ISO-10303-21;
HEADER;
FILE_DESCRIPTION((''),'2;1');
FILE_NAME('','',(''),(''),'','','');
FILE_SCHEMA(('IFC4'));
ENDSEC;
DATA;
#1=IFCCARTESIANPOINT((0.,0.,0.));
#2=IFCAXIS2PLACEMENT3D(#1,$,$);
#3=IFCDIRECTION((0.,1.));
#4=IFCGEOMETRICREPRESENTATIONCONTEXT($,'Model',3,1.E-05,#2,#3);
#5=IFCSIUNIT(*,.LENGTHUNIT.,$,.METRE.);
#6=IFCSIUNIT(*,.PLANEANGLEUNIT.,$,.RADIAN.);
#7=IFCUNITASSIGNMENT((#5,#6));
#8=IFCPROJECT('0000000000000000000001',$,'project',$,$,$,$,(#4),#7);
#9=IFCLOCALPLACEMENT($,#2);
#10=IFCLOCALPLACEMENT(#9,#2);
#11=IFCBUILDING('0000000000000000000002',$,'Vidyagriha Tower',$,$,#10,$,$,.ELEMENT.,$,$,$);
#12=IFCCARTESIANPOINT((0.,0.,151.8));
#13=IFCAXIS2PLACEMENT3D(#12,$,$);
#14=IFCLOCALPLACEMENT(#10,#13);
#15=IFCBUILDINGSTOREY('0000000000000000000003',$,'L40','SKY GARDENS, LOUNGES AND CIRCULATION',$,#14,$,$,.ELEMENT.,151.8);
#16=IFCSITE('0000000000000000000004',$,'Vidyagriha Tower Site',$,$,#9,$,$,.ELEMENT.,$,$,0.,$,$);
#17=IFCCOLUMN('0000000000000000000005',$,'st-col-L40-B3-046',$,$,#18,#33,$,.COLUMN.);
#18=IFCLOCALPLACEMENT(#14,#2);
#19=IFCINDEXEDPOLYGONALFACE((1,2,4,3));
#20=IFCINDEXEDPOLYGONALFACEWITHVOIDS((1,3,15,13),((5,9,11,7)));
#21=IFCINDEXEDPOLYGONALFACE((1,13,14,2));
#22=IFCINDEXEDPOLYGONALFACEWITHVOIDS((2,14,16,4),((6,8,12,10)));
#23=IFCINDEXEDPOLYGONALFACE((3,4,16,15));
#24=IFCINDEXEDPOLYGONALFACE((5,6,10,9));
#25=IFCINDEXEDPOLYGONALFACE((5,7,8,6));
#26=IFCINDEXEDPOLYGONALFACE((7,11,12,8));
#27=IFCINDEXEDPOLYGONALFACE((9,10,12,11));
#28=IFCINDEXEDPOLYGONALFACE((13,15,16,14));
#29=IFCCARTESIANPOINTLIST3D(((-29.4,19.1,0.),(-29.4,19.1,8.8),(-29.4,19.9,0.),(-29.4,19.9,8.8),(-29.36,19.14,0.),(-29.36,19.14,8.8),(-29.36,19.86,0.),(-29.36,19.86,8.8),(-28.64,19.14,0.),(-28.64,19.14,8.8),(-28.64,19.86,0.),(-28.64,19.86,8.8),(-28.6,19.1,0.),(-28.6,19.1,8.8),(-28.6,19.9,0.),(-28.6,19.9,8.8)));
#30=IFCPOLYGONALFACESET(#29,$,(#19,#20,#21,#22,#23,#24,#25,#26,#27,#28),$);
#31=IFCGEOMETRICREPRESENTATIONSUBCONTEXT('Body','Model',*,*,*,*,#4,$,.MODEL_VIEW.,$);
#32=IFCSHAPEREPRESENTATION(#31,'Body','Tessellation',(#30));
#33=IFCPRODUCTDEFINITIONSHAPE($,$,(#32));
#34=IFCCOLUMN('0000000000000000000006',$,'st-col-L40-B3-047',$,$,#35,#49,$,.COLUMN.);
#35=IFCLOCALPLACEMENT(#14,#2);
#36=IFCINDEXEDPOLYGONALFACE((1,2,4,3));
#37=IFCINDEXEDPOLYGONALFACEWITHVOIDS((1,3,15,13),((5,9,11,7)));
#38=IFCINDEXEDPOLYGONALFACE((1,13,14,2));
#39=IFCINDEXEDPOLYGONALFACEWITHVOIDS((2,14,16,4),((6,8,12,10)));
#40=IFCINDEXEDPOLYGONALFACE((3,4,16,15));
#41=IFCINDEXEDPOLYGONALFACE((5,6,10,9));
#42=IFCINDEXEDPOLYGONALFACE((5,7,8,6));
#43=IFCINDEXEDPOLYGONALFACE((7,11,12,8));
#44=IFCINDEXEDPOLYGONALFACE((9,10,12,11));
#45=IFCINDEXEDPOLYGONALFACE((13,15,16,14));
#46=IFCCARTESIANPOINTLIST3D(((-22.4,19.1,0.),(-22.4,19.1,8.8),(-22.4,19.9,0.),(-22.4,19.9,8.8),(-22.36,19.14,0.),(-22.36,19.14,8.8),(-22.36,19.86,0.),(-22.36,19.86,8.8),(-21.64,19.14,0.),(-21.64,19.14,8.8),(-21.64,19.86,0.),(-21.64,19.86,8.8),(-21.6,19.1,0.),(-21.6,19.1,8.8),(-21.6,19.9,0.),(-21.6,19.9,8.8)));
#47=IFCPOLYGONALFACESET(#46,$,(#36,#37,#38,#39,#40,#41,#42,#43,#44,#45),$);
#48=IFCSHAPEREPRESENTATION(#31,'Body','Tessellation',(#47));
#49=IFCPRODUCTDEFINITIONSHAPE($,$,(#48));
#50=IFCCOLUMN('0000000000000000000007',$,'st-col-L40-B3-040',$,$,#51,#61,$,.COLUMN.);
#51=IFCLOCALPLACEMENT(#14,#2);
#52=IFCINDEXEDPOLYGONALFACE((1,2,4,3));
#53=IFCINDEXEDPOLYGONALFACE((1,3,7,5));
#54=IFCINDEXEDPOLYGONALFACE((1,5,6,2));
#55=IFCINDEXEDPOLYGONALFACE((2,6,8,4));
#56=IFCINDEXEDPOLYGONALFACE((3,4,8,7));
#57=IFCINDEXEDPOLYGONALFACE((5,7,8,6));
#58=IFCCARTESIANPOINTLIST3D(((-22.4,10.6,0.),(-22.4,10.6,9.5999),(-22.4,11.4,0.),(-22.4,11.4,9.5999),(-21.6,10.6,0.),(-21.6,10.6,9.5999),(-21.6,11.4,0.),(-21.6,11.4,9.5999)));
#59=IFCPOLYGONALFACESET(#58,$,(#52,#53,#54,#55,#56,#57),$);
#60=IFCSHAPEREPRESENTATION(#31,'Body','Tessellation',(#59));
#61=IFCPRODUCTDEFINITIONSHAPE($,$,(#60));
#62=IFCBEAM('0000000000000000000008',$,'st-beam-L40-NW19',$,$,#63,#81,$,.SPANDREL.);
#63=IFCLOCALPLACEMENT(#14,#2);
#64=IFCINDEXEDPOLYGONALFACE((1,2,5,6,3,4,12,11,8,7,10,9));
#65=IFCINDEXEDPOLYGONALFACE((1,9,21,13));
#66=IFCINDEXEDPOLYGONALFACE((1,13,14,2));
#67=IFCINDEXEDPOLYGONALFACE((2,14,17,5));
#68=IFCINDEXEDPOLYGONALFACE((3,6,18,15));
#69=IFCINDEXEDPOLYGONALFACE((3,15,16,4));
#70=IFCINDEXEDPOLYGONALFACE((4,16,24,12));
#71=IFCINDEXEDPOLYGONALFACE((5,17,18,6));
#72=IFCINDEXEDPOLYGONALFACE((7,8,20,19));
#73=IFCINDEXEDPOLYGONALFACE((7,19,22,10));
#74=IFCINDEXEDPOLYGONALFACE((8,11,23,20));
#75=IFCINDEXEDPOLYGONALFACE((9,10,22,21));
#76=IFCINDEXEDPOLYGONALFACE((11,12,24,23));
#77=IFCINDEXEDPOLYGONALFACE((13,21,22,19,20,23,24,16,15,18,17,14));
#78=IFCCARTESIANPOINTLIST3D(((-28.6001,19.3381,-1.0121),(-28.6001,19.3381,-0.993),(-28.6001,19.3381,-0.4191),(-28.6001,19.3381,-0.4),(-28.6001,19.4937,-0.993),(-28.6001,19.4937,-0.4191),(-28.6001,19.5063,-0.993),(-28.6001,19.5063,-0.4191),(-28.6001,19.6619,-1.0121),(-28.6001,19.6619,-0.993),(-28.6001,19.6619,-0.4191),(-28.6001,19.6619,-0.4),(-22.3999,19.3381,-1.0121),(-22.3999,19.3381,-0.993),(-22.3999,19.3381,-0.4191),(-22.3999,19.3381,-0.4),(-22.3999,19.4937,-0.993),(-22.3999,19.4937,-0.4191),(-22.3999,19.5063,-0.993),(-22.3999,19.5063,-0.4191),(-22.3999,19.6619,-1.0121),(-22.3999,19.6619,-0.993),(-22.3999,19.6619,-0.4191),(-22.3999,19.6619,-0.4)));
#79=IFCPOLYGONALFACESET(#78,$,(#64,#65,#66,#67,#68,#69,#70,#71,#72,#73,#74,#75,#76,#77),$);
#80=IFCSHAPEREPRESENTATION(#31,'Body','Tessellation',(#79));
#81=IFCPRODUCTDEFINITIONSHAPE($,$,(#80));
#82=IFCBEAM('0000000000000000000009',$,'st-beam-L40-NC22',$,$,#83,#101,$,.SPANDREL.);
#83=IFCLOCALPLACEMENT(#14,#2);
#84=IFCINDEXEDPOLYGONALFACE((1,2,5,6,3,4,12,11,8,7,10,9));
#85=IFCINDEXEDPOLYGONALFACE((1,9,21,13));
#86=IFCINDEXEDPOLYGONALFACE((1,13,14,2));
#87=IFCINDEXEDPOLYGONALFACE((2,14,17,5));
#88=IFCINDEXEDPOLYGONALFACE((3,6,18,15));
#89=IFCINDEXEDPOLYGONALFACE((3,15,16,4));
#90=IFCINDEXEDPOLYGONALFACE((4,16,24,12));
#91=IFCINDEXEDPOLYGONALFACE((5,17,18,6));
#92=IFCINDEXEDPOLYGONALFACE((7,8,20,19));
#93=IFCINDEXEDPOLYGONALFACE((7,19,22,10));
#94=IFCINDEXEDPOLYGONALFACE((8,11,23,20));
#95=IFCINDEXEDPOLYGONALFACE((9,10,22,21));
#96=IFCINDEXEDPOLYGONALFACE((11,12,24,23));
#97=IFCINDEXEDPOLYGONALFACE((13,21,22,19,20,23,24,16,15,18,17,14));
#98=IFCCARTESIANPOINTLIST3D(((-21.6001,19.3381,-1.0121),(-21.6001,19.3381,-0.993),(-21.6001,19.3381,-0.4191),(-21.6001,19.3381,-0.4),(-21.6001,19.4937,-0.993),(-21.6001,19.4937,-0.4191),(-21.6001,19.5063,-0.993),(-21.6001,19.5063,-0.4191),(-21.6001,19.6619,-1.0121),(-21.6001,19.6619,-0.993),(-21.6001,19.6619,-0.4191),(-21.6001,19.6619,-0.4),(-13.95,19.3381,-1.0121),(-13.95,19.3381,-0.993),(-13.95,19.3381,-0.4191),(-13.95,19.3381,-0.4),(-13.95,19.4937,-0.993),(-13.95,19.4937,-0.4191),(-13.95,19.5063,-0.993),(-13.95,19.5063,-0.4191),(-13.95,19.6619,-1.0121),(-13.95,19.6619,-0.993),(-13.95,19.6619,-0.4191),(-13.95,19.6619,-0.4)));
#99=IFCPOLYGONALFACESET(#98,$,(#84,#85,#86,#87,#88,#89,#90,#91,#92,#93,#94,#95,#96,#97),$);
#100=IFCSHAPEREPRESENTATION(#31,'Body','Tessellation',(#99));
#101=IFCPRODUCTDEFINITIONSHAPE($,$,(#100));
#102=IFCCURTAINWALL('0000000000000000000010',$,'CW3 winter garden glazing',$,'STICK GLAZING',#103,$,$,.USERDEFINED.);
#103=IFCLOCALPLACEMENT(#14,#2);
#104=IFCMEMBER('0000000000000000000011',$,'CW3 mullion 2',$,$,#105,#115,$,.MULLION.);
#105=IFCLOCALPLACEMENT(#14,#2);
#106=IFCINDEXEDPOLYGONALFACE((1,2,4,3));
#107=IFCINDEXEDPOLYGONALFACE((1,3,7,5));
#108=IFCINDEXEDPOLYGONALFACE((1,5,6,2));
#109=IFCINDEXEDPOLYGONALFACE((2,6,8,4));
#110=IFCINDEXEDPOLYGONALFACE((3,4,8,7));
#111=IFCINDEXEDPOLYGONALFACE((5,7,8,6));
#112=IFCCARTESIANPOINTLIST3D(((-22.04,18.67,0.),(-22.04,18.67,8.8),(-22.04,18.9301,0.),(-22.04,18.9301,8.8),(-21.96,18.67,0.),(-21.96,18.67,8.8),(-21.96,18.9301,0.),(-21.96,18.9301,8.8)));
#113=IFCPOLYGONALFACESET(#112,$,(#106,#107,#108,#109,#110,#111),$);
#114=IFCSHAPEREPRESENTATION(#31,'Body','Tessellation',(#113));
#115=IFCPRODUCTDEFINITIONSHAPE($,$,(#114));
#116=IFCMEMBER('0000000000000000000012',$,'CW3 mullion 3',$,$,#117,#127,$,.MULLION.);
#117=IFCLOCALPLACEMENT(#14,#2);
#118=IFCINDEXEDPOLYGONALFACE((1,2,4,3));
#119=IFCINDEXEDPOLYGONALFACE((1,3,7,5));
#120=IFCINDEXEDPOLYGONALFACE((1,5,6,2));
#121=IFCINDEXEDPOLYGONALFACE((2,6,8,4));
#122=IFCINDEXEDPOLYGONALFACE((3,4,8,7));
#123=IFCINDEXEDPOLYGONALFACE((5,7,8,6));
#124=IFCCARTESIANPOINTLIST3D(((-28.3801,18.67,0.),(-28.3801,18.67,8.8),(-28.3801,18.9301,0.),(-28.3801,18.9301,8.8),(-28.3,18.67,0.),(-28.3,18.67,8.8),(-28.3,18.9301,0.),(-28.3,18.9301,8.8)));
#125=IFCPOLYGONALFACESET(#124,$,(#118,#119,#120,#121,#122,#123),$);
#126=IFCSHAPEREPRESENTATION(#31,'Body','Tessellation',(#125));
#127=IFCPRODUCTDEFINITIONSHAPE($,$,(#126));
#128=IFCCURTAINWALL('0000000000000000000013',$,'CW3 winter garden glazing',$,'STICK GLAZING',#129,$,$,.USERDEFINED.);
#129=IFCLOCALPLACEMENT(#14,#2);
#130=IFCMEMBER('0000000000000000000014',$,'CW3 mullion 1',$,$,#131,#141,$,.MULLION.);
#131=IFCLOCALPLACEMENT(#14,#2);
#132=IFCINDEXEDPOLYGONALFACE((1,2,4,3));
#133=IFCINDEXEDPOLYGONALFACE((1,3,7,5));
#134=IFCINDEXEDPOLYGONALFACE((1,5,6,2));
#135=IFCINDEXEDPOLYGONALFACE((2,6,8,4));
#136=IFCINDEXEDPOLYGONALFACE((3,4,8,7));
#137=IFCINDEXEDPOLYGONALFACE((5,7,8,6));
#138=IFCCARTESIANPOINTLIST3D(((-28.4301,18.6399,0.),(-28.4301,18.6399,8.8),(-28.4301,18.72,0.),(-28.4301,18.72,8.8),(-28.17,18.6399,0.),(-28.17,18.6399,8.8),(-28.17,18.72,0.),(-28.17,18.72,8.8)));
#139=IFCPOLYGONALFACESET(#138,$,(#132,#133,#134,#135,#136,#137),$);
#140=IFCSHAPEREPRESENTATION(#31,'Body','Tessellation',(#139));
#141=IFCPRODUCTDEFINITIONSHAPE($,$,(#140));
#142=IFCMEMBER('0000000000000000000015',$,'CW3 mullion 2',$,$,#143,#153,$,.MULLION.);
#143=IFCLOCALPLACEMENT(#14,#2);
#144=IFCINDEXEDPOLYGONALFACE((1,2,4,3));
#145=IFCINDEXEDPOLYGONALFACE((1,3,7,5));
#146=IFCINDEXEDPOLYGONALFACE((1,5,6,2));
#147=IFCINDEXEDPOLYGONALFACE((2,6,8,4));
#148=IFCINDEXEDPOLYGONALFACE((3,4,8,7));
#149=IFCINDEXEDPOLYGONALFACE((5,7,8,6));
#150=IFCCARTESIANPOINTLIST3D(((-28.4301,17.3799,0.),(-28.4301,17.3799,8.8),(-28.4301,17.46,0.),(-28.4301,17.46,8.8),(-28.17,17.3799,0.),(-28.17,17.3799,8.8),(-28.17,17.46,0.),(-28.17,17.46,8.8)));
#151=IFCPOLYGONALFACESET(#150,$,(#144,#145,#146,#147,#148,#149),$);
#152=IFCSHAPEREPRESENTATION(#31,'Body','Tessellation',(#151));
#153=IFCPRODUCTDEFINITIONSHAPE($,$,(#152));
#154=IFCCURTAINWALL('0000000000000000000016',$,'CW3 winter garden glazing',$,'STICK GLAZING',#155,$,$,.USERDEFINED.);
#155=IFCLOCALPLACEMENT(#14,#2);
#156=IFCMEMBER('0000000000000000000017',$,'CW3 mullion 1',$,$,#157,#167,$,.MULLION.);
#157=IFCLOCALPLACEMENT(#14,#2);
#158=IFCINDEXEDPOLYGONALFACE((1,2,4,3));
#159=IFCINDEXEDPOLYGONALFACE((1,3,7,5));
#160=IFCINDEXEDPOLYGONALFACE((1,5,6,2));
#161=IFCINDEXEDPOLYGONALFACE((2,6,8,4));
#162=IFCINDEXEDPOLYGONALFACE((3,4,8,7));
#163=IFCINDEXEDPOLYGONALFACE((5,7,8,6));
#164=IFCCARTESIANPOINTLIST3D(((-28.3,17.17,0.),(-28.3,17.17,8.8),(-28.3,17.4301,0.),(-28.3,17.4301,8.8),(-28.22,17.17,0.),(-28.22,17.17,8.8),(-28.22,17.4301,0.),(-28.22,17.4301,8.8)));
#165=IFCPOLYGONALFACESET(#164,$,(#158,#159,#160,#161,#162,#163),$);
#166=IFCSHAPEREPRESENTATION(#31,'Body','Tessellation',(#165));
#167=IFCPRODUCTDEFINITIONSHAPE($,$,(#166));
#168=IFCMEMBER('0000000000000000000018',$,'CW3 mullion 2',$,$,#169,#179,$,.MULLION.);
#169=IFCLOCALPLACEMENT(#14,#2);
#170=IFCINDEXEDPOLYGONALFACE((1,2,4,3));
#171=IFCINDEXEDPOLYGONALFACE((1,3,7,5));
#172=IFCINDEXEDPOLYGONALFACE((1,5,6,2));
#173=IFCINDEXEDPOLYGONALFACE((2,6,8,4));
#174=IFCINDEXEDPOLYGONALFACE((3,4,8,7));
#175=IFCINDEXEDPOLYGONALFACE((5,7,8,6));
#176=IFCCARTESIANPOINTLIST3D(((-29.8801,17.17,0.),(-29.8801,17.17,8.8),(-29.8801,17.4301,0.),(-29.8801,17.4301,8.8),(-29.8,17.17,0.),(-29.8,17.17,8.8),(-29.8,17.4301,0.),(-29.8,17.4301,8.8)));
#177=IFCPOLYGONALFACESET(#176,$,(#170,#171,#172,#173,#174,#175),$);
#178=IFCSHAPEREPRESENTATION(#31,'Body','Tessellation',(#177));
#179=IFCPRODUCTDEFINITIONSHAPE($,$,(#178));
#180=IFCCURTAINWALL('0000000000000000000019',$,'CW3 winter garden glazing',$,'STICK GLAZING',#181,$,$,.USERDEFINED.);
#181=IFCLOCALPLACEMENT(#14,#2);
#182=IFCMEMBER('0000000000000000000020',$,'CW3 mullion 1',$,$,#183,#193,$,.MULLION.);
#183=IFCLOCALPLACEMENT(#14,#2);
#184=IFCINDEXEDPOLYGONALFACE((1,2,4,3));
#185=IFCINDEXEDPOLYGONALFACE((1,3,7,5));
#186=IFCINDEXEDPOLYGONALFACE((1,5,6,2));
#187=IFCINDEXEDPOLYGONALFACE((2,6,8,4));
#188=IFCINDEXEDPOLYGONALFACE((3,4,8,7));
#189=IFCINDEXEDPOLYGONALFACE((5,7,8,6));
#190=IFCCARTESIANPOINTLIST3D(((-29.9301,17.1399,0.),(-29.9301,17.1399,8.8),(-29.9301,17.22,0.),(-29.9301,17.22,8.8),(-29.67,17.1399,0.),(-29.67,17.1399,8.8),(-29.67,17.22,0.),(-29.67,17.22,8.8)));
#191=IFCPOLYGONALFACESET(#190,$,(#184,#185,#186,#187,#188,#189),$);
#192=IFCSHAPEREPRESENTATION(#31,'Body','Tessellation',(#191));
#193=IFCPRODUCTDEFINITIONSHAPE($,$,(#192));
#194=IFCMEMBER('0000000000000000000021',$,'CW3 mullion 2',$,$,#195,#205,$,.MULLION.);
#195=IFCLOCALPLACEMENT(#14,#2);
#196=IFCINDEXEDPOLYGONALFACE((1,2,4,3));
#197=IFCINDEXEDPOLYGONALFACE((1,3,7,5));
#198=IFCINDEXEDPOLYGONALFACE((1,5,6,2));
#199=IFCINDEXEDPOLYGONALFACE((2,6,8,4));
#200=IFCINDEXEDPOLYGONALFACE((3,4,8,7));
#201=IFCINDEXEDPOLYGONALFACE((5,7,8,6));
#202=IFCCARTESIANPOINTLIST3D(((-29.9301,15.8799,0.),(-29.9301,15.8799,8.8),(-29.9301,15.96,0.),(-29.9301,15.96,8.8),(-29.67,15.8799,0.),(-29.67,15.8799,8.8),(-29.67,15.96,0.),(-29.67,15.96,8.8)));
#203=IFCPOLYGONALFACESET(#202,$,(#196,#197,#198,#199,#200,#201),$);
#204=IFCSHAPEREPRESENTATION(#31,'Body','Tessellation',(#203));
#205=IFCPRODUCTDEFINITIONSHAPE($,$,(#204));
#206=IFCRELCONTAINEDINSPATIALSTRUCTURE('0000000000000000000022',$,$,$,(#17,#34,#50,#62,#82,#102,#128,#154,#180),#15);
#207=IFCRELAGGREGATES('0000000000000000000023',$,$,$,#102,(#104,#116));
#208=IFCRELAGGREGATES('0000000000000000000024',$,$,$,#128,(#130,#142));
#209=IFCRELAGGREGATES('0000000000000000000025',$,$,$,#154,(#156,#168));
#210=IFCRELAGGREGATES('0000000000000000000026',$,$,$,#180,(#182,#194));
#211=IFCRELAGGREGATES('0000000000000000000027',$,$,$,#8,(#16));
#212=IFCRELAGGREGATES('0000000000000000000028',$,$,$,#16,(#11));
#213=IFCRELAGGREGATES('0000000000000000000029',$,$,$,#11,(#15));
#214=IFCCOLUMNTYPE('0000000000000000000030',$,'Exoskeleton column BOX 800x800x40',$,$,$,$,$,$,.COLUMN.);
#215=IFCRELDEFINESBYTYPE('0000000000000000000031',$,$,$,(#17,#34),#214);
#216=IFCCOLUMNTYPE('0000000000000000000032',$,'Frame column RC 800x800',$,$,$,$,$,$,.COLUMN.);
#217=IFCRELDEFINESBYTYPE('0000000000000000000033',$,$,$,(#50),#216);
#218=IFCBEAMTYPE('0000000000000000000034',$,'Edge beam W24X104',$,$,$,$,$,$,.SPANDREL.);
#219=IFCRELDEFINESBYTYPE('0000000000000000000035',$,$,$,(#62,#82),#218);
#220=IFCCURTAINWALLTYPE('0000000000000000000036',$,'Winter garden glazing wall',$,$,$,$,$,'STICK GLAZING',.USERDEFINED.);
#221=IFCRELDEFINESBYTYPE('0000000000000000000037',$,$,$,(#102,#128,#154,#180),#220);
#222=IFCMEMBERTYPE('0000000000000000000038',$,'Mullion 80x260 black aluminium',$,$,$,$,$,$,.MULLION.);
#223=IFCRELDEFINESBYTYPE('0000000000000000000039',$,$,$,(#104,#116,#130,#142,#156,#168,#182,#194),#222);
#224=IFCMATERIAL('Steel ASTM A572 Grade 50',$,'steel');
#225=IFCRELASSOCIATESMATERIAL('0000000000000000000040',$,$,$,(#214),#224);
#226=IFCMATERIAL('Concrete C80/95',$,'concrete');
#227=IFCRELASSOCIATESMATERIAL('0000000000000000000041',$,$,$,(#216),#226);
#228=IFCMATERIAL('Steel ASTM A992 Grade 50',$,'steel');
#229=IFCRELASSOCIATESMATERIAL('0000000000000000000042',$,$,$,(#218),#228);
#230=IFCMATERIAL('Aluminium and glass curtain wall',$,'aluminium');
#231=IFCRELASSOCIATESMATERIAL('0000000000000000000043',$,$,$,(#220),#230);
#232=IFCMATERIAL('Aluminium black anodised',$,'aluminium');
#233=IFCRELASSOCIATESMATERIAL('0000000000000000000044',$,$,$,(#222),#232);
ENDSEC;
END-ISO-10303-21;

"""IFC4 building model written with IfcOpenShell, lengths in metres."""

from ifc_helpers import new_model, si_unit, direction, frame, origin, origin_2d, place, context, subcontext, project, spatial, rectangle, hollow_rectangle, i_section, extrude, material, material_profile, profile_set, type_object, element, aggregate, save


model = new_model("IFC4")

# Units and contexts
model_context = context("Model", 3, precision=1e-05, world=origin(), true_north=direction((0.0, 1.0)))
body_context = subcontext(model_context, "Body", "Model", "MODEL_VIEW")
ifc_project = project(units=[si_unit("LENGTHUNIT", "METRE"), si_unit("PLANEANGLEUNIT", "RADIAN")], contexts=[model_context])

# Site, building, storey
site_placement = place(None, origin())
site = spatial("IfcSite", under=ifc_project, at=site_placement, Name="Vidyagriha Tower Site", CompositionType="ELEMENT", RefElevation=0.0)
building_placement = place(site_placement, origin())
building = spatial("IfcBuilding", under=site, at=building_placement, Name="Vidyagriha Tower", CompositionType="ELEMENT")
storey_placement = place(building_placement, frame((0.0, 0.0, 151.8)))
storey = spatial("IfcBuildingStorey", under=building, at=storey_placement, Name="L40", Description="SKY GARDENS, LOUNGES AND CIRCULATION", CompositionType="ELEMENT", Elevation=151.8)

# Columns
ifc_material_1 = material(Name="Steel ASTM A572 Grade 50", Category="steel")
ifc_material_profile_1 = material_profile(ifc_material_1, hollow_rectangle(XDim=0.8, YDim=0.8, WallThickness=0.04, at=origin_2d()), Name="BOX 800x800x40")
ifc_profile_set_1 = profile_set([ifc_material_profile_1], Name="Steel ASTM A572 Grade 50")
column_type_1 = type_object("IfcColumnType", Name="Exoskeleton column BOX 800x800x40", PredefinedType="COLUMN", material=ifc_profile_set_1)
for number, where, name in (
    (1, (-29.0, 19.5, 0.0), "st-col-L40-B3-046"),
    (2, (-22.0, 19.5, 0.0), "st-col-L40-B3-047"),
):
    element("IfcColumn", number, at=place(storey_placement, frame(where)), inside=storey, type_object=column_type_1, Name=name, PredefinedType="COLUMN", context=body_context, shape_type="SweptSolid", body=[
        extrude(hollow_rectangle(XDim=0.8, YDim=0.8, WallThickness=0.04, at=origin_2d()), origin(), (0.0, 0.0, 1.0), 8.8),
    ])
ifc_material_2 = material(Name="Concrete C80/95", Category="concrete")
ifc_material_profile_2 = material_profile(ifc_material_2, rectangle(XDim=0.8, YDim=0.8, at=origin_2d()), Name="RC 800x800")
ifc_profile_set_2 = profile_set([ifc_material_profile_2], Name="Concrete C80/95")
column_type_2 = type_object("IfcColumnType", Name="Frame column RC 800x800", PredefinedType="COLUMN", material=ifc_profile_set_2)
column_placement = place(storey_placement, frame((-22.0, 11.0, 0.0)))
element("IfcColumn", 3, at=column_placement, inside=storey, type_object=column_type_2, Name="st-col-L40-B3-040", PredefinedType="COLUMN", context=body_context, shape_type="SweptSolid", body=[
    extrude(rectangle(XDim=0.8, YDim=0.8, at=origin_2d()), origin(), (0.0, 0.0, 1.0), 9.5999),
])

# Beams
ifc_material_3 = material(Name="Steel ASTM A992 Grade 50", Category="steel")
ifc_material_profile_3 = material_profile(ifc_material_3, i_section(OverallWidth=0.3237, OverallDepth=0.6121, WebThickness=0.0127, FlangeThickness=0.019, at=origin_2d()), Name="W24X104")
ifc_profile_set_3 = profile_set([ifc_material_profile_3], Name="Steel ASTM A992 Grade 50")
beam_type = type_object("IfcBeamType", Name="Edge beam W24X104", PredefinedType="SPANDREL", material=ifc_profile_set_3)
beam_1_placement = place(storey_placement, frame((-28.6001, 19.5, -0.7061), z_axis=(1.0, 0.0, 0.0), x_axis=(0.0, 1.0, 0.0)))
element("IfcBeam", 4, at=beam_1_placement, inside=storey, type_object=beam_type, Name="st-beam-L40-NW19", PredefinedType="SPANDREL", context=body_context, shape_type="SweptSolid", body=[
    extrude(i_section(OverallWidth=0.3237, OverallDepth=0.6121, WebThickness=0.0127, FlangeThickness=0.019, at=origin_2d()), origin(), (0.0, 0.0, 1.0), 6.2002),
])
beam_2_placement = place(storey_placement, frame((-21.6001, 19.5, -0.7061), z_axis=(1.0, 0.0, 0.0), x_axis=(0.0, 1.0, 0.0)))
element("IfcBeam", 5, at=beam_2_placement, inside=storey, type_object=beam_type, Name="st-beam-L40-NC22", PredefinedType="SPANDREL", context=body_context, shape_type="SweptSolid", body=[
    extrude(i_section(OverallWidth=0.3237, OverallDepth=0.6121, WebThickness=0.0127, FlangeThickness=0.019, at=origin_2d()), origin(), (0.0, 0.0, 1.0), 7.6501),
])

# Curtain walls, members
ifc_material_4 = material(Name="Aluminium and glass curtain wall", Category="aluminium")
curtain_wall_type = type_object("IfcCurtainWallType", Name="Winter garden glazing wall", ElementType="STICK GLAZING", PredefinedType="USERDEFINED", material=ifc_material_4)
curtain_wall_1_placement = place(storey_placement, origin())
curtain_wall_1 = element("IfcCurtainWall", 6, at=curtain_wall_1_placement, inside=storey, type_object=curtain_wall_type, Name="CW3 winter garden glazing", ObjectType="STICK GLAZING", PredefinedType="USERDEFINED")
ifc_material_5 = material(Name="Aluminium black anodised", Category="aluminium")
ifc_material_profile_4 = material_profile(ifc_material_5, rectangle(XDim=0.26, YDim=0.0801, at=origin_2d()), Name="Mullion 80x260 black aluminium")
ifc_profile_set_4 = profile_set([ifc_material_profile_4], Name="Aluminium black anodised")
member_type_1 = type_object("IfcMemberType", Name="Mullion 80x260 black aluminium", PredefinedType="MULLION", material=ifc_profile_set_4)
member_1_placement = place(storey_placement, frame((-22.0, 18.8, 0.0), z_axis=(0.0, 0.0, 1.0), x_axis=(0.0, -1.0, 0.0)))
member_1 = element("IfcMember", 7, at=member_1_placement, type_object=member_type_1, Name="CW3 mullion 2", PredefinedType="MULLION", context=body_context, shape_type="SweptSolid", body=[
    extrude(rectangle(XDim=0.26, YDim=0.0801, at=origin_2d()), origin(), (0.0, 0.0, 1.0), 8.8),
])
member_2_placement = place(storey_placement, frame((-28.3401, 18.8, 0.0), z_axis=(0.0, 0.0, 1.0), x_axis=(0.0, -1.0, 0.0)))
member_2 = element("IfcMember", 8, at=member_2_placement, type_object=member_type_1, Name="CW3 mullion 3", PredefinedType="MULLION", context=body_context, shape_type="SweptSolid", body=[
    extrude(rectangle(XDim=0.26, YDim=0.0801, at=origin_2d()), origin(), (0.0, 0.0, 1.0), 8.8),
])
curtain_wall_2_placement = place(storey_placement, origin())
curtain_wall_2 = element("IfcCurtainWall", 9, at=curtain_wall_2_placement, inside=storey, type_object=curtain_wall_type, Name="CW3 winter garden glazing", ObjectType="STICK GLAZING", PredefinedType="USERDEFINED")
member_3_placement = place(storey_placement, frame((-28.3, 18.6799, 0.0)))
member_3 = element("IfcMember", 10, at=member_3_placement, type_object=member_type_1, Name="CW3 mullion 1", PredefinedType="MULLION", context=body_context, shape_type="SweptSolid", body=[
    extrude(rectangle(XDim=0.26, YDim=0.0801, at=origin_2d()), origin(), (0.0, 0.0, 1.0), 8.8),
])
member_4_placement = place(storey_placement, frame((-28.3, 17.4199, 0.0)))
member_4 = element("IfcMember", 11, at=member_4_placement, type_object=member_type_1, Name="CW3 mullion 2", PredefinedType="MULLION", context=body_context, shape_type="SweptSolid", body=[
    extrude(rectangle(XDim=0.26, YDim=0.0801, at=origin_2d()), origin(), (0.0, 0.0, 1.0), 8.8),
])
curtain_wall_3_placement = place(storey_placement, origin())
curtain_wall_3 = element("IfcCurtainWall", 12, at=curtain_wall_3_placement, inside=storey, type_object=curtain_wall_type, Name="CW3 winter garden glazing", ObjectType="STICK GLAZING", PredefinedType="USERDEFINED")
member_5_placement = place(storey_placement, frame((-28.26, 17.3, 0.0), z_axis=(0.0, 0.0, 1.0), x_axis=(0.0, -1.0, 0.0)))
member_5 = element("IfcMember", 13, at=member_5_placement, type_object=member_type_1, Name="CW3 mullion 1", PredefinedType="MULLION", context=body_context, shape_type="SweptSolid", body=[
    extrude(rectangle(XDim=0.26, YDim=0.0801, at=origin_2d()), origin(), (0.0, 0.0, 1.0), 8.8),
])
member_6_placement = place(storey_placement, frame((-29.8401, 17.3, 0.0), z_axis=(0.0, 0.0, 1.0), x_axis=(0.0, -1.0, 0.0)))
member_6 = element("IfcMember", 14, at=member_6_placement, type_object=member_type_1, Name="CW3 mullion 2", PredefinedType="MULLION", context=body_context, shape_type="SweptSolid", body=[
    extrude(rectangle(XDim=0.26, YDim=0.0801, at=origin_2d()), origin(), (0.0, 0.0, 1.0), 8.8),
])
curtain_wall_4_placement = place(storey_placement, origin())
curtain_wall_4 = element("IfcCurtainWall", 15, at=curtain_wall_4_placement, inside=storey, type_object=curtain_wall_type, Name="CW3 winter garden glazing", ObjectType="STICK GLAZING", PredefinedType="USERDEFINED")
member_7_placement = place(storey_placement, frame((-29.8, 17.1799, 0.0)))
member_7 = element("IfcMember", 16, at=member_7_placement, type_object=member_type_1, Name="CW3 mullion 1", PredefinedType="MULLION", context=body_context, shape_type="SweptSolid", body=[
    extrude(rectangle(XDim=0.26, YDim=0.0801, at=origin_2d()), origin(), (0.0, 0.0, 1.0), 8.8),
])
member_8_placement = place(storey_placement, frame((-29.8, 15.9199, 0.0)))
member_8 = element("IfcMember", 17, at=member_8_placement, type_object=member_type_1, Name="CW3 mullion 2", PredefinedType="MULLION", context=body_context, shape_type="SweptSolid", body=[
    extrude(rectangle(XDim=0.26, YDim=0.0801, at=origin_2d()), origin(), (0.0, 0.0, 1.0), 8.8),
])

aggregate(curtain_wall_1, [member_1, member_2])
aggregate(curtain_wall_2, [member_3, member_4])
aggregate(curtain_wall_3, [member_5, member_6])
aggregate(curtain_wall_4, [member_7, member_8])

save(model, "model.ifc")
